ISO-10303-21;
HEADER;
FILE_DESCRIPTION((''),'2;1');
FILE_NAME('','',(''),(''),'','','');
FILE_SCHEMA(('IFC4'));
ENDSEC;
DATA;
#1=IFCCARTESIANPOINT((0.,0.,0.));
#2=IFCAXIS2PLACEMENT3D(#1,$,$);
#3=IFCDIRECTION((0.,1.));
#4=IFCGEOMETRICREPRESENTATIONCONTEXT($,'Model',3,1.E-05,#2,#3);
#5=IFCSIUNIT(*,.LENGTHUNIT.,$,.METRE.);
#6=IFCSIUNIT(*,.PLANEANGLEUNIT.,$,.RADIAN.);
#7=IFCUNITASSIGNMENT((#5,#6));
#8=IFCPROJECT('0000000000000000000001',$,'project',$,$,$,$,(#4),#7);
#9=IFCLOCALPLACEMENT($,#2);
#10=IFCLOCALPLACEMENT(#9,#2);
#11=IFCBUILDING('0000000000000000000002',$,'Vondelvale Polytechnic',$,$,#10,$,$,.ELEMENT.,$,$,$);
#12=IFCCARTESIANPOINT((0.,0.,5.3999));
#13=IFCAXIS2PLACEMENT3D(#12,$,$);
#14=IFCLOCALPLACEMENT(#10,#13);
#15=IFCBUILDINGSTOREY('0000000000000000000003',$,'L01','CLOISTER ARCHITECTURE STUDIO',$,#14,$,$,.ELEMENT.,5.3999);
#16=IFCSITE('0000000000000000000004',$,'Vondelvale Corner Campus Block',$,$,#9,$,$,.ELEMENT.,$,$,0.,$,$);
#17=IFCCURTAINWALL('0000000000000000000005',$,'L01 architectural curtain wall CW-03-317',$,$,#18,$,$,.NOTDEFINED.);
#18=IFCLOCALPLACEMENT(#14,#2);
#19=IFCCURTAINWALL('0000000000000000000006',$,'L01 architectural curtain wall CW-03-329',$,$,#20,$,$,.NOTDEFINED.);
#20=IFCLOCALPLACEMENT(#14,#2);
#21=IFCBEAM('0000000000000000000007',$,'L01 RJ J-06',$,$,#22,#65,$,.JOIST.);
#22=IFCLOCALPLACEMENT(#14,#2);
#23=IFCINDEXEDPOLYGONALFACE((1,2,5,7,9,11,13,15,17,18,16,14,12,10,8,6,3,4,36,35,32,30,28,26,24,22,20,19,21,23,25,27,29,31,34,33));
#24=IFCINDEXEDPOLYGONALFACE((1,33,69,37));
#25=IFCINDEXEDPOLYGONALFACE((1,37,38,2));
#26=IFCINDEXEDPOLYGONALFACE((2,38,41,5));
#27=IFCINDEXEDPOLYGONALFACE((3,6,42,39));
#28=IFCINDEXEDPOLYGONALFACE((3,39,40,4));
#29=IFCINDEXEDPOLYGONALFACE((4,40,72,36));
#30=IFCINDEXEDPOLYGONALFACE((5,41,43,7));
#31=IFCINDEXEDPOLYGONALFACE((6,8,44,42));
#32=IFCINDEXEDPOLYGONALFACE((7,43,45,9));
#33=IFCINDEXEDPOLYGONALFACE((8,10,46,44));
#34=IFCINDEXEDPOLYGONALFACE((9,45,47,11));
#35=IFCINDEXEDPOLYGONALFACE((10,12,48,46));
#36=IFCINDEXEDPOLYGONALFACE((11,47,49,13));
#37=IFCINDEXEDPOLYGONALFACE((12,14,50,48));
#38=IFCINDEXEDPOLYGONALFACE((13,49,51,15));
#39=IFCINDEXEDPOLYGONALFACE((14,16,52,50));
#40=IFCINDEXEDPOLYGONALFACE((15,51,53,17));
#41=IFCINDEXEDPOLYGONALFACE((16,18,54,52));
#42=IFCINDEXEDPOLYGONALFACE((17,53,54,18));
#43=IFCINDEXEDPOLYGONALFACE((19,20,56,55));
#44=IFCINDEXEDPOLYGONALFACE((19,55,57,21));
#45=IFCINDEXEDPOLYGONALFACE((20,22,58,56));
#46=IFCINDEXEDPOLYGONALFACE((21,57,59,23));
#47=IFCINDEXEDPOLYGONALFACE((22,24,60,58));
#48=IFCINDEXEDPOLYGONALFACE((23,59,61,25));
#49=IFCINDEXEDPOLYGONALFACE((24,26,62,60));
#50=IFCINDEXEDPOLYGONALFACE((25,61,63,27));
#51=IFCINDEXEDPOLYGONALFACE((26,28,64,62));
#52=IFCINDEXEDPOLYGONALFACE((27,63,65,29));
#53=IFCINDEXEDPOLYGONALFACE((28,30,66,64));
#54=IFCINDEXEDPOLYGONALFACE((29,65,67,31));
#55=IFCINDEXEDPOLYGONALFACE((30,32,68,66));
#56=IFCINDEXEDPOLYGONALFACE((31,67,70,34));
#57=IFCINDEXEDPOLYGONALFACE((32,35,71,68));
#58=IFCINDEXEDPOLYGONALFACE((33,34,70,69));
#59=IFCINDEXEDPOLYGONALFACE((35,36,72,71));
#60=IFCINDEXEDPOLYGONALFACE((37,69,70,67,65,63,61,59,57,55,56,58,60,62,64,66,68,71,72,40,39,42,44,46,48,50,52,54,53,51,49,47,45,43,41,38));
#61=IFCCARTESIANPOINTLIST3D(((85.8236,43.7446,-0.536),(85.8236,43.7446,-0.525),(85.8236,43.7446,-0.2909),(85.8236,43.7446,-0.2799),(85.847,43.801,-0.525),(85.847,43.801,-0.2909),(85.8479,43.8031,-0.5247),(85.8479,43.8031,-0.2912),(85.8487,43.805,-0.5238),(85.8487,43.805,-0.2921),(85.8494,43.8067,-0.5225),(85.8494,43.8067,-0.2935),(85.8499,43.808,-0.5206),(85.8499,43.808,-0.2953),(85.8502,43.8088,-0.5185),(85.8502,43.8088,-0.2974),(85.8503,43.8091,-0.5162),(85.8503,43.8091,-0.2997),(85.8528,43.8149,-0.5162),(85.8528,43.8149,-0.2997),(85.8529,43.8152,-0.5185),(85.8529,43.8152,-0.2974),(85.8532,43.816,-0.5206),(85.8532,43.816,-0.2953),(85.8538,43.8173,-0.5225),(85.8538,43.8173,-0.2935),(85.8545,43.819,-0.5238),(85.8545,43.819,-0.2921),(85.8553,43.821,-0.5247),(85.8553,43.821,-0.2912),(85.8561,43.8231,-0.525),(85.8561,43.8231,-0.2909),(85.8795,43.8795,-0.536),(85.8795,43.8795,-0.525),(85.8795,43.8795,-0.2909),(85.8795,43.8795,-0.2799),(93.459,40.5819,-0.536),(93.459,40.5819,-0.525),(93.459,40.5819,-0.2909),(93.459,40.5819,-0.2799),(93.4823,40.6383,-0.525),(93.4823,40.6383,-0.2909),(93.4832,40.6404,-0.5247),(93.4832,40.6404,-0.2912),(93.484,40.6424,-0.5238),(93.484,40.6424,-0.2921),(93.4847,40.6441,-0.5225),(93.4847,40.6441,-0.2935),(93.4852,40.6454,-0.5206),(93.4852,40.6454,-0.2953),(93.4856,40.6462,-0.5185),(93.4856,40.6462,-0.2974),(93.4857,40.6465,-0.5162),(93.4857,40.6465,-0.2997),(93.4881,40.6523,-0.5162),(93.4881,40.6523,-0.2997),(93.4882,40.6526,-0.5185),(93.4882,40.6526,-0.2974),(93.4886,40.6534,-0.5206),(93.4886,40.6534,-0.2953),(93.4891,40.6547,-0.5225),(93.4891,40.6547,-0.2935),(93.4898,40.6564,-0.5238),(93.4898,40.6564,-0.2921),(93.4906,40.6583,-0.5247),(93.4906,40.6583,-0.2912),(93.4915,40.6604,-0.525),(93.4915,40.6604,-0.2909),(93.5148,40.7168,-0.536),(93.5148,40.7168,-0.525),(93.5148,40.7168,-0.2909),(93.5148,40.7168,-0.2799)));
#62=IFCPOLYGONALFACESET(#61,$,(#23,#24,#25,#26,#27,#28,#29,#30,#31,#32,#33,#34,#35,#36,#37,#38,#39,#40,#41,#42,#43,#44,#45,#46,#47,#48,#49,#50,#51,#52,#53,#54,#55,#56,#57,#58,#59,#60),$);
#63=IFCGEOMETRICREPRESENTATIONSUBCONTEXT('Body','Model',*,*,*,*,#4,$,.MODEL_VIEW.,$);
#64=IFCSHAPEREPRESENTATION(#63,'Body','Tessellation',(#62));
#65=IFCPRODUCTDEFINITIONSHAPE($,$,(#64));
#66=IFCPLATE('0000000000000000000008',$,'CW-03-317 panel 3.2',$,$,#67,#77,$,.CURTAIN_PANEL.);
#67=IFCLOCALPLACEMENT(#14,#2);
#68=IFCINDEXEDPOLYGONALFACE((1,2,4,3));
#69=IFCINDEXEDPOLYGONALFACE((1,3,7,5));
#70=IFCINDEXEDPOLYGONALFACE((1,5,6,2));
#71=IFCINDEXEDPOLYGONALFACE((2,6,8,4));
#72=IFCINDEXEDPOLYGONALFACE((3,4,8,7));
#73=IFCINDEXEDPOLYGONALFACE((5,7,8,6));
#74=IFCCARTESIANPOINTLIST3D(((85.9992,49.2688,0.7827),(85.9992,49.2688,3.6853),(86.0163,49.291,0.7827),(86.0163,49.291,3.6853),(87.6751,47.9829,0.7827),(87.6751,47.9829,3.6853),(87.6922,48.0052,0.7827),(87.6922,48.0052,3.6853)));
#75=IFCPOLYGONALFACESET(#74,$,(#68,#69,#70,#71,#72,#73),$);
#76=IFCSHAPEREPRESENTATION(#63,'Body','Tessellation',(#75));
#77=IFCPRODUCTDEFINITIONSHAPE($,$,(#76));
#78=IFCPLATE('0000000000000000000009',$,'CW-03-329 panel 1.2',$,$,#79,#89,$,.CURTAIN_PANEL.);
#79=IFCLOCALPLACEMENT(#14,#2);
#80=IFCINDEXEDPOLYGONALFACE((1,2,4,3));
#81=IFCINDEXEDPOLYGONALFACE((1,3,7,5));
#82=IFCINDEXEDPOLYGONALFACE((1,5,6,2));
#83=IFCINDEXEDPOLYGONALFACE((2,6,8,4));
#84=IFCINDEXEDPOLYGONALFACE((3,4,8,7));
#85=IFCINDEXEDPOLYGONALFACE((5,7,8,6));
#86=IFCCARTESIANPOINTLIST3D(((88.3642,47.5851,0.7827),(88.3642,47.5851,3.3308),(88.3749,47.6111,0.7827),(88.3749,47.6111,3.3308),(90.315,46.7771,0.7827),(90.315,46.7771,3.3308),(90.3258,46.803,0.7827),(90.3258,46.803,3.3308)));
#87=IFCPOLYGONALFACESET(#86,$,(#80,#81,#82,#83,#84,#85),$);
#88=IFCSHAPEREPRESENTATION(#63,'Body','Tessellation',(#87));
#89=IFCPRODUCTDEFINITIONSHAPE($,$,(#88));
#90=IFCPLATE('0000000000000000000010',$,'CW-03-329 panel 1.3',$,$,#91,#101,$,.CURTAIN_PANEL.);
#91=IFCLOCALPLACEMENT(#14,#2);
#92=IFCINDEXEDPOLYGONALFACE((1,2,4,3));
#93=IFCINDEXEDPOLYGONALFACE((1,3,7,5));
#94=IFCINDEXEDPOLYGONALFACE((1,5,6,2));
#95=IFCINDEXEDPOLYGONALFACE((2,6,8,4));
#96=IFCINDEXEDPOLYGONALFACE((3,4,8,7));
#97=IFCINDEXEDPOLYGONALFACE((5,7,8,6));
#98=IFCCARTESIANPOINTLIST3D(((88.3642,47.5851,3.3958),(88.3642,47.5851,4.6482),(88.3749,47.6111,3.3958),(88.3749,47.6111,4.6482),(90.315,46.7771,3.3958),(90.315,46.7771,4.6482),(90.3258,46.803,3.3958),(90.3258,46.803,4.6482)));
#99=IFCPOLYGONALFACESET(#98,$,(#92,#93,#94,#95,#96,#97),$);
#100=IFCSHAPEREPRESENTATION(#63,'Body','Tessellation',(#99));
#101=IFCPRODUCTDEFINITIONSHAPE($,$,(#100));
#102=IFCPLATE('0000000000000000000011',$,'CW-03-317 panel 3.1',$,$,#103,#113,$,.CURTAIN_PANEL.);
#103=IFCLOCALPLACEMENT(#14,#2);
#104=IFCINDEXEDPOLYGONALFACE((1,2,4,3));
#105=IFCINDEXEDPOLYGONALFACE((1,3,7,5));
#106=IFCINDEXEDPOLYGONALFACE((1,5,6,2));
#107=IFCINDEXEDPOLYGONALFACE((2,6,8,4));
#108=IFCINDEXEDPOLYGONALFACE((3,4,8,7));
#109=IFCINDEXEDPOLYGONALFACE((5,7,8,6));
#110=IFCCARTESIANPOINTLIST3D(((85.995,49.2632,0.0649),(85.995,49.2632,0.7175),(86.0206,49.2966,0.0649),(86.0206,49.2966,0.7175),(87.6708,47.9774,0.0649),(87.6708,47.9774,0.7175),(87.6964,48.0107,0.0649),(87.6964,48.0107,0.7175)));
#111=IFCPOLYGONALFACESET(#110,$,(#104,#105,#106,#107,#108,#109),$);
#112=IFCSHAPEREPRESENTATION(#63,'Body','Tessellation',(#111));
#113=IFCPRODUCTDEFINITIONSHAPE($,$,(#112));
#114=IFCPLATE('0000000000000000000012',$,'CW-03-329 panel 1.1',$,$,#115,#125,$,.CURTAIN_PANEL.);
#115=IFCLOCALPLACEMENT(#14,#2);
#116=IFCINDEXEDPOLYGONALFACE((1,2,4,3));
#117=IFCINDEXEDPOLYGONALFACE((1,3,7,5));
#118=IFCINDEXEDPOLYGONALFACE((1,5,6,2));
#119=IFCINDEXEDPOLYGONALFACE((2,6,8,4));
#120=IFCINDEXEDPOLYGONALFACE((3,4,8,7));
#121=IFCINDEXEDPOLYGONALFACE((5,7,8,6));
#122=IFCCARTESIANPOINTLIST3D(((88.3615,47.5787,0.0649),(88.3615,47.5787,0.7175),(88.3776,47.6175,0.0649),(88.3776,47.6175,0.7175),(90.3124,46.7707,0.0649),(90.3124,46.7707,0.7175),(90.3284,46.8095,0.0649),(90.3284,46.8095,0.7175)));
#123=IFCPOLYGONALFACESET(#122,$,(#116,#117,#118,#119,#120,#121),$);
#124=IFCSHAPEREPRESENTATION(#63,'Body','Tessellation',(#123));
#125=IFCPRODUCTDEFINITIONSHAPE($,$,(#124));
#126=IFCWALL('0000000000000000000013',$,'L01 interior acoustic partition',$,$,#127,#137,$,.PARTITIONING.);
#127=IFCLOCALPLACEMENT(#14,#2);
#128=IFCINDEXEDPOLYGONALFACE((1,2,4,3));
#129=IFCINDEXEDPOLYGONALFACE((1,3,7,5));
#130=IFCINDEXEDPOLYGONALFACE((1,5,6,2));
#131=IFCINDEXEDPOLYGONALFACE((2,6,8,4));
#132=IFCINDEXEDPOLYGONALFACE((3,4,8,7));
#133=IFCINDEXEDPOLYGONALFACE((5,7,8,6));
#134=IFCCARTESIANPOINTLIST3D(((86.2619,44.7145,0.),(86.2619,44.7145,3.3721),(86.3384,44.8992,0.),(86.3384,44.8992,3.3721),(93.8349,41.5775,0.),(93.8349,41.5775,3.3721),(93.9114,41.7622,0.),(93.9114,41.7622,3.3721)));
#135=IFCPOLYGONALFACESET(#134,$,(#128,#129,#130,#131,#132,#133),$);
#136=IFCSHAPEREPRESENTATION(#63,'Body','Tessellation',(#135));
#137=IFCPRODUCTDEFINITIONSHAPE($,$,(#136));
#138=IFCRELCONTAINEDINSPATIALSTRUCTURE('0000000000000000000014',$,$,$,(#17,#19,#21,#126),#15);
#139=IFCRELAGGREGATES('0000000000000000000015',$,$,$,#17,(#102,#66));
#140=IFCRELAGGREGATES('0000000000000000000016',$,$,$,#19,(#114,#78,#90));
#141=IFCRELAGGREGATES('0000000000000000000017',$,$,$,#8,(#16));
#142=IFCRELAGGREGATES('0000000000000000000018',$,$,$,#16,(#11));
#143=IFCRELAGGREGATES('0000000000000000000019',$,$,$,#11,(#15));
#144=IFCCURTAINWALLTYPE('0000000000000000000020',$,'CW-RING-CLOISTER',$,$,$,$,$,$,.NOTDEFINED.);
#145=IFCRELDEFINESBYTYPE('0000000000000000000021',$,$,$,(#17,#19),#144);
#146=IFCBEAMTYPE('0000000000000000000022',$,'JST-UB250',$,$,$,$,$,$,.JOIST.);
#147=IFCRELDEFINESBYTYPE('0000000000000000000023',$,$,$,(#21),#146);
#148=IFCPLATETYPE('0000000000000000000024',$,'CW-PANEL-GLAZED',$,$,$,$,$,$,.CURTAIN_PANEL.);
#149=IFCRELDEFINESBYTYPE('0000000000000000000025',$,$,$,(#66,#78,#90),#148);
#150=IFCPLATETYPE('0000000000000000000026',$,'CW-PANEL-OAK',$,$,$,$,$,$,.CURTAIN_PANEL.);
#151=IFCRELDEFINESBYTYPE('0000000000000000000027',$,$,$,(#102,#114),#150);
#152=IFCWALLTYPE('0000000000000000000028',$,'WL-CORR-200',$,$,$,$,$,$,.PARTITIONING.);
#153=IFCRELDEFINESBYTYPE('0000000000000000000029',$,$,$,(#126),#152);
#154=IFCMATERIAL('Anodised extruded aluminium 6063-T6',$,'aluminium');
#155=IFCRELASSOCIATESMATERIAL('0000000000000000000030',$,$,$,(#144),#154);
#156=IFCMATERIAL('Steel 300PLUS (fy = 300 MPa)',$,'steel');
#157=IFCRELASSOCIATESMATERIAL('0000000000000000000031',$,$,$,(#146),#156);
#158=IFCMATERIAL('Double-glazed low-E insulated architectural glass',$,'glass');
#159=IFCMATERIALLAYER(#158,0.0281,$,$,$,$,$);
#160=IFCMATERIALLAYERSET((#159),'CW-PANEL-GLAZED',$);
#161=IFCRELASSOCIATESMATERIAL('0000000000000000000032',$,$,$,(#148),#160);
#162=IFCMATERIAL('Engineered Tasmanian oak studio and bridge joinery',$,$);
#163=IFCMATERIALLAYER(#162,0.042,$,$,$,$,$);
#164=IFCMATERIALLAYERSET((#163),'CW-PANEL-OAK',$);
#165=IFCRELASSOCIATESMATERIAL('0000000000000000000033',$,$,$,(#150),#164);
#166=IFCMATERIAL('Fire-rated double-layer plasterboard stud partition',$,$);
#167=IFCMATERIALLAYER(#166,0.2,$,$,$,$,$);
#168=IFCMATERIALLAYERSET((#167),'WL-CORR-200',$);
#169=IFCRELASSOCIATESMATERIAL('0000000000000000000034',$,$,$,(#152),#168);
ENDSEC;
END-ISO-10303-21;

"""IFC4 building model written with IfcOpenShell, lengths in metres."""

from ifc_helpers import new_model, si_unit, direction, frame, frame_2d, origin, origin_2d, place, context, subcontext, project, spatial, rectangle, i_section, extrude, material, layer, layer_set, material_profile, profile_set, type_object, element, aggregate, save


model = new_model("IFC4")

# Units and contexts
model_context = context("Model", 3, precision=1e-05, world=origin(), true_north=direction((0.0, 1.0)))
body_context = subcontext(model_context, "Body", "Model", "MODEL_VIEW")
ifc_project = project(units=[si_unit("LENGTHUNIT", "METRE"), si_unit("PLANEANGLEUNIT", "RADIAN")], contexts=[model_context])

# Site, building, storey
site_placement = place(None, origin())
site = spatial("IfcSite", under=ifc_project, at=site_placement, Name="Vondelvale Corner Campus Block", CompositionType="ELEMENT", RefElevation=0.0)
building_placement = place(site_placement, origin())
building = spatial("IfcBuilding", under=site, at=building_placement, Name="Vondelvale Polytechnic", CompositionType="ELEMENT")
storey_placement = place(building_placement, frame((0.0, 0.0, 5.3999)))
storey = spatial("IfcBuildingStorey", under=building, at=storey_placement, Name="L01", Description="CLOISTER ARCHITECTURE STUDIO", CompositionType="ELEMENT", Elevation=5.3999)

# Shared definitions
ifc_material_1 = material(Name="Steel 300PLUS (fy = 300 MPa)", Category="steel")

# Curtain walls
ifc_material_2 = material(Name="Anodised extruded aluminium 6063-T6", Category="aluminium")
curtain_wall_type = type_object("IfcCurtainWallType", Name="CW-RING-CLOISTER", PredefinedType="NOTDEFINED", material=ifc_material_2)
curtain_wall_1_placement = place(storey_placement, origin())
curtain_wall_1 = element("IfcCurtainWall", 1, at=curtain_wall_1_placement, inside=storey, type_object=curtain_wall_type, Name="L01 architectural curtain wall CW-03-317", PredefinedType="NOTDEFINED")
curtain_wall_2_placement = place(storey_placement, origin())
curtain_wall_2 = element("IfcCurtainWall", 2, at=curtain_wall_2_placement, inside=storey, type_object=curtain_wall_type, Name="L01 architectural curtain wall CW-03-329", PredefinedType="NOTDEFINED")

# Beam
ifc_material_profile_1 = material_profile(ifc_material_1, i_section(OverallWidth=0.146, OverallDepth=0.2561, WebThickness=0.0063, FlangeThickness=0.011, FilletRadius=0.0088, at=origin_2d()), Name="250UB37.3")
ifc_profile_set_1 = profile_set([ifc_material_profile_1], Name="Steel 300PLUS (fy = 300 MPa)")
beam_type_1 = type_object("IfcBeamType", Name="JST-UB250", PredefinedType="JOIST", material=ifc_profile_set_1)
beam_1_placement = place(storey_placement, frame((85.8516, 43.812, -0.408), z_axis=(0.923881, -0.382681, 0.0), x_axis=(0.382681, 0.923881, 0.0)))
element("IfcBeam", 3, at=beam_1_placement, inside=storey, type_object=beam_type_1, Name="L01 RJ J-06", PredefinedType="JOIST", context=body_context, shape_type="SweptSolid", body=[
    extrude(i_section(OverallWidth=0.146, OverallDepth=0.2561, WebThickness=0.0063, FlangeThickness=0.011, FilletRadius=0.0088, at=origin_2d()), origin(), (0.0, 0.0, 1.0), 8.2644),
])

# Plates
ifc_material_3 = material(Name="Double-glazed low-E insulated architectural glass", Category="glass")
ifc_layer_1 = layer(ifc_material_3, 0.0281)
ifc_layer_set_1 = layer_set([ifc_layer_1], Name="CW-PANEL-GLAZED")
plate_type_1 = type_object("IfcPlateType", Name="CW-PANEL-GLAZED", PredefinedType="CURTAIN_PANEL", material=ifc_layer_set_1)
plate_1_placement = place(storey_placement, frame((86.8457, 48.637, 0.7827), z_axis=(0.0, 0.0, 1.0), x_axis=(0.793364, -0.608748, 0.0)))
plate_1 = element("IfcPlate", 4, at=plate_1_placement, type_object=plate_type_1, Name="CW-03-317 panel 3.2", PredefinedType="CURTAIN_PANEL", context=body_context, shape_type="SweptSolid", body=[
    extrude(rectangle(XDim=2.1123, YDim=0.0281, at=origin_2d()), origin(), (0.0, 0.0, 1.0), 2.9026),
])
plate_2_placement = place(storey_placement, frame((89.345, 47.1941, 0.7827), z_axis=(0.0, 0.0, 1.0), x_axis=(0.923882, -0.382679, 0.0)))
plate_2 = element("IfcPlate", 5, at=plate_2_placement, type_object=plate_type_1, Name="CW-03-329 panel 1.2", PredefinedType="CURTAIN_PANEL", context=body_context, shape_type="SweptSolid", body=[
    extrude(rectangle(XDim=2.1116, YDim=0.0281, at=origin_2d()), origin(), (0.0, 0.0, 1.0), 2.5481),
])
plate_3_placement = place(storey_placement, frame((89.345, 47.1941, 3.3958), z_axis=(0.0, 0.0, 1.0), x_axis=(0.923882, -0.382679, 0.0)))
plate_3 = element("IfcPlate", 6, at=plate_3_placement, type_object=plate_type_1, Name="CW-03-329 panel 1.3", PredefinedType="CURTAIN_PANEL", context=body_context, shape_type="SweptSolid", body=[
    extrude(rectangle(XDim=2.1116, YDim=0.0281, at=origin_2d()), origin(), (0.0, 0.0, 1.0), 1.2524),
])
ifc_material_4 = material(Name="Engineered Tasmanian oak studio and bridge joinery")
ifc_layer_2 = layer(ifc_material_4, 0.042)
ifc_layer_set_2 = layer_set([ifc_layer_2], Name="CW-PANEL-OAK")
plate_type_2 = type_object("IfcPlateType", Name="CW-PANEL-OAK", PredefinedType="CURTAIN_PANEL", material=ifc_layer_set_2)
plate_4_placement = place(storey_placement, frame((86.8457, 48.637, 0.0649), z_axis=(0.0, 0.0, 1.0), x_axis=(0.793364, -0.608748, 0.0)))
plate_4 = element("IfcPlate", 7, at=plate_4_placement, type_object=plate_type_2, Name="CW-03-317 panel 3.1", PredefinedType="CURTAIN_PANEL", context=body_context, shape_type="SweptSolid", body=[
    extrude(rectangle(XDim=2.1123, YDim=0.042, at=origin_2d()), origin(), (0.0, 0.0, 1.0), 0.6526),
])
aggregate(curtain_wall_1, [plate_4, plate_1])
plate_5_placement = place(storey_placement, frame((89.345, 47.1941, 0.0649), z_axis=(0.0, 0.0, 1.0), x_axis=(0.923882, -0.382679, 0.0)))
plate_5 = element("IfcPlate", 8, at=plate_5_placement, type_object=plate_type_2, Name="CW-03-329 panel 1.1", PredefinedType="CURTAIN_PANEL", context=body_context, shape_type="SweptSolid", body=[
    extrude(rectangle(XDim=2.1116, YDim=0.042, at=origin_2d()), origin(), (0.0, 0.0, 1.0), 0.6526),
])
aggregate(curtain_wall_2, [plate_5, plate_2, plate_3])

# Wall
ifc_material_5 = material(Name="Fire-rated double-layer plasterboard stud partition")
ifc_layer_3 = layer(ifc_material_5, 0.2)
ifc_layer_set_3 = layer_set([ifc_layer_3], Name="WL-CORR-200")
wall_type = type_object("IfcWallType", Name="WL-CORR-200", PredefinedType="PARTITIONING", material=ifc_layer_set_3)
wall_placement = place(storey_placement, frame((86.3, 44.8069, 0.0), z_axis=(0.0, 0.0, 1.0), x_axis=(0.923874, -0.382696, 0.0)))
element("IfcWall", 9, at=wall_placement, inside=storey, type_object=wall_type, Name="L01 interior acoustic partition", PredefinedType="PARTITIONING", context=body_context, shape_type="SweptSolid", body=[
    extrude(rectangle(XDim=8.197, YDim=0.2, at=frame_2d((4.0986, 0.0))), origin(), (0.0, 0.0, 1.0), 3.3721),
])

save(model, "model.ifc")
